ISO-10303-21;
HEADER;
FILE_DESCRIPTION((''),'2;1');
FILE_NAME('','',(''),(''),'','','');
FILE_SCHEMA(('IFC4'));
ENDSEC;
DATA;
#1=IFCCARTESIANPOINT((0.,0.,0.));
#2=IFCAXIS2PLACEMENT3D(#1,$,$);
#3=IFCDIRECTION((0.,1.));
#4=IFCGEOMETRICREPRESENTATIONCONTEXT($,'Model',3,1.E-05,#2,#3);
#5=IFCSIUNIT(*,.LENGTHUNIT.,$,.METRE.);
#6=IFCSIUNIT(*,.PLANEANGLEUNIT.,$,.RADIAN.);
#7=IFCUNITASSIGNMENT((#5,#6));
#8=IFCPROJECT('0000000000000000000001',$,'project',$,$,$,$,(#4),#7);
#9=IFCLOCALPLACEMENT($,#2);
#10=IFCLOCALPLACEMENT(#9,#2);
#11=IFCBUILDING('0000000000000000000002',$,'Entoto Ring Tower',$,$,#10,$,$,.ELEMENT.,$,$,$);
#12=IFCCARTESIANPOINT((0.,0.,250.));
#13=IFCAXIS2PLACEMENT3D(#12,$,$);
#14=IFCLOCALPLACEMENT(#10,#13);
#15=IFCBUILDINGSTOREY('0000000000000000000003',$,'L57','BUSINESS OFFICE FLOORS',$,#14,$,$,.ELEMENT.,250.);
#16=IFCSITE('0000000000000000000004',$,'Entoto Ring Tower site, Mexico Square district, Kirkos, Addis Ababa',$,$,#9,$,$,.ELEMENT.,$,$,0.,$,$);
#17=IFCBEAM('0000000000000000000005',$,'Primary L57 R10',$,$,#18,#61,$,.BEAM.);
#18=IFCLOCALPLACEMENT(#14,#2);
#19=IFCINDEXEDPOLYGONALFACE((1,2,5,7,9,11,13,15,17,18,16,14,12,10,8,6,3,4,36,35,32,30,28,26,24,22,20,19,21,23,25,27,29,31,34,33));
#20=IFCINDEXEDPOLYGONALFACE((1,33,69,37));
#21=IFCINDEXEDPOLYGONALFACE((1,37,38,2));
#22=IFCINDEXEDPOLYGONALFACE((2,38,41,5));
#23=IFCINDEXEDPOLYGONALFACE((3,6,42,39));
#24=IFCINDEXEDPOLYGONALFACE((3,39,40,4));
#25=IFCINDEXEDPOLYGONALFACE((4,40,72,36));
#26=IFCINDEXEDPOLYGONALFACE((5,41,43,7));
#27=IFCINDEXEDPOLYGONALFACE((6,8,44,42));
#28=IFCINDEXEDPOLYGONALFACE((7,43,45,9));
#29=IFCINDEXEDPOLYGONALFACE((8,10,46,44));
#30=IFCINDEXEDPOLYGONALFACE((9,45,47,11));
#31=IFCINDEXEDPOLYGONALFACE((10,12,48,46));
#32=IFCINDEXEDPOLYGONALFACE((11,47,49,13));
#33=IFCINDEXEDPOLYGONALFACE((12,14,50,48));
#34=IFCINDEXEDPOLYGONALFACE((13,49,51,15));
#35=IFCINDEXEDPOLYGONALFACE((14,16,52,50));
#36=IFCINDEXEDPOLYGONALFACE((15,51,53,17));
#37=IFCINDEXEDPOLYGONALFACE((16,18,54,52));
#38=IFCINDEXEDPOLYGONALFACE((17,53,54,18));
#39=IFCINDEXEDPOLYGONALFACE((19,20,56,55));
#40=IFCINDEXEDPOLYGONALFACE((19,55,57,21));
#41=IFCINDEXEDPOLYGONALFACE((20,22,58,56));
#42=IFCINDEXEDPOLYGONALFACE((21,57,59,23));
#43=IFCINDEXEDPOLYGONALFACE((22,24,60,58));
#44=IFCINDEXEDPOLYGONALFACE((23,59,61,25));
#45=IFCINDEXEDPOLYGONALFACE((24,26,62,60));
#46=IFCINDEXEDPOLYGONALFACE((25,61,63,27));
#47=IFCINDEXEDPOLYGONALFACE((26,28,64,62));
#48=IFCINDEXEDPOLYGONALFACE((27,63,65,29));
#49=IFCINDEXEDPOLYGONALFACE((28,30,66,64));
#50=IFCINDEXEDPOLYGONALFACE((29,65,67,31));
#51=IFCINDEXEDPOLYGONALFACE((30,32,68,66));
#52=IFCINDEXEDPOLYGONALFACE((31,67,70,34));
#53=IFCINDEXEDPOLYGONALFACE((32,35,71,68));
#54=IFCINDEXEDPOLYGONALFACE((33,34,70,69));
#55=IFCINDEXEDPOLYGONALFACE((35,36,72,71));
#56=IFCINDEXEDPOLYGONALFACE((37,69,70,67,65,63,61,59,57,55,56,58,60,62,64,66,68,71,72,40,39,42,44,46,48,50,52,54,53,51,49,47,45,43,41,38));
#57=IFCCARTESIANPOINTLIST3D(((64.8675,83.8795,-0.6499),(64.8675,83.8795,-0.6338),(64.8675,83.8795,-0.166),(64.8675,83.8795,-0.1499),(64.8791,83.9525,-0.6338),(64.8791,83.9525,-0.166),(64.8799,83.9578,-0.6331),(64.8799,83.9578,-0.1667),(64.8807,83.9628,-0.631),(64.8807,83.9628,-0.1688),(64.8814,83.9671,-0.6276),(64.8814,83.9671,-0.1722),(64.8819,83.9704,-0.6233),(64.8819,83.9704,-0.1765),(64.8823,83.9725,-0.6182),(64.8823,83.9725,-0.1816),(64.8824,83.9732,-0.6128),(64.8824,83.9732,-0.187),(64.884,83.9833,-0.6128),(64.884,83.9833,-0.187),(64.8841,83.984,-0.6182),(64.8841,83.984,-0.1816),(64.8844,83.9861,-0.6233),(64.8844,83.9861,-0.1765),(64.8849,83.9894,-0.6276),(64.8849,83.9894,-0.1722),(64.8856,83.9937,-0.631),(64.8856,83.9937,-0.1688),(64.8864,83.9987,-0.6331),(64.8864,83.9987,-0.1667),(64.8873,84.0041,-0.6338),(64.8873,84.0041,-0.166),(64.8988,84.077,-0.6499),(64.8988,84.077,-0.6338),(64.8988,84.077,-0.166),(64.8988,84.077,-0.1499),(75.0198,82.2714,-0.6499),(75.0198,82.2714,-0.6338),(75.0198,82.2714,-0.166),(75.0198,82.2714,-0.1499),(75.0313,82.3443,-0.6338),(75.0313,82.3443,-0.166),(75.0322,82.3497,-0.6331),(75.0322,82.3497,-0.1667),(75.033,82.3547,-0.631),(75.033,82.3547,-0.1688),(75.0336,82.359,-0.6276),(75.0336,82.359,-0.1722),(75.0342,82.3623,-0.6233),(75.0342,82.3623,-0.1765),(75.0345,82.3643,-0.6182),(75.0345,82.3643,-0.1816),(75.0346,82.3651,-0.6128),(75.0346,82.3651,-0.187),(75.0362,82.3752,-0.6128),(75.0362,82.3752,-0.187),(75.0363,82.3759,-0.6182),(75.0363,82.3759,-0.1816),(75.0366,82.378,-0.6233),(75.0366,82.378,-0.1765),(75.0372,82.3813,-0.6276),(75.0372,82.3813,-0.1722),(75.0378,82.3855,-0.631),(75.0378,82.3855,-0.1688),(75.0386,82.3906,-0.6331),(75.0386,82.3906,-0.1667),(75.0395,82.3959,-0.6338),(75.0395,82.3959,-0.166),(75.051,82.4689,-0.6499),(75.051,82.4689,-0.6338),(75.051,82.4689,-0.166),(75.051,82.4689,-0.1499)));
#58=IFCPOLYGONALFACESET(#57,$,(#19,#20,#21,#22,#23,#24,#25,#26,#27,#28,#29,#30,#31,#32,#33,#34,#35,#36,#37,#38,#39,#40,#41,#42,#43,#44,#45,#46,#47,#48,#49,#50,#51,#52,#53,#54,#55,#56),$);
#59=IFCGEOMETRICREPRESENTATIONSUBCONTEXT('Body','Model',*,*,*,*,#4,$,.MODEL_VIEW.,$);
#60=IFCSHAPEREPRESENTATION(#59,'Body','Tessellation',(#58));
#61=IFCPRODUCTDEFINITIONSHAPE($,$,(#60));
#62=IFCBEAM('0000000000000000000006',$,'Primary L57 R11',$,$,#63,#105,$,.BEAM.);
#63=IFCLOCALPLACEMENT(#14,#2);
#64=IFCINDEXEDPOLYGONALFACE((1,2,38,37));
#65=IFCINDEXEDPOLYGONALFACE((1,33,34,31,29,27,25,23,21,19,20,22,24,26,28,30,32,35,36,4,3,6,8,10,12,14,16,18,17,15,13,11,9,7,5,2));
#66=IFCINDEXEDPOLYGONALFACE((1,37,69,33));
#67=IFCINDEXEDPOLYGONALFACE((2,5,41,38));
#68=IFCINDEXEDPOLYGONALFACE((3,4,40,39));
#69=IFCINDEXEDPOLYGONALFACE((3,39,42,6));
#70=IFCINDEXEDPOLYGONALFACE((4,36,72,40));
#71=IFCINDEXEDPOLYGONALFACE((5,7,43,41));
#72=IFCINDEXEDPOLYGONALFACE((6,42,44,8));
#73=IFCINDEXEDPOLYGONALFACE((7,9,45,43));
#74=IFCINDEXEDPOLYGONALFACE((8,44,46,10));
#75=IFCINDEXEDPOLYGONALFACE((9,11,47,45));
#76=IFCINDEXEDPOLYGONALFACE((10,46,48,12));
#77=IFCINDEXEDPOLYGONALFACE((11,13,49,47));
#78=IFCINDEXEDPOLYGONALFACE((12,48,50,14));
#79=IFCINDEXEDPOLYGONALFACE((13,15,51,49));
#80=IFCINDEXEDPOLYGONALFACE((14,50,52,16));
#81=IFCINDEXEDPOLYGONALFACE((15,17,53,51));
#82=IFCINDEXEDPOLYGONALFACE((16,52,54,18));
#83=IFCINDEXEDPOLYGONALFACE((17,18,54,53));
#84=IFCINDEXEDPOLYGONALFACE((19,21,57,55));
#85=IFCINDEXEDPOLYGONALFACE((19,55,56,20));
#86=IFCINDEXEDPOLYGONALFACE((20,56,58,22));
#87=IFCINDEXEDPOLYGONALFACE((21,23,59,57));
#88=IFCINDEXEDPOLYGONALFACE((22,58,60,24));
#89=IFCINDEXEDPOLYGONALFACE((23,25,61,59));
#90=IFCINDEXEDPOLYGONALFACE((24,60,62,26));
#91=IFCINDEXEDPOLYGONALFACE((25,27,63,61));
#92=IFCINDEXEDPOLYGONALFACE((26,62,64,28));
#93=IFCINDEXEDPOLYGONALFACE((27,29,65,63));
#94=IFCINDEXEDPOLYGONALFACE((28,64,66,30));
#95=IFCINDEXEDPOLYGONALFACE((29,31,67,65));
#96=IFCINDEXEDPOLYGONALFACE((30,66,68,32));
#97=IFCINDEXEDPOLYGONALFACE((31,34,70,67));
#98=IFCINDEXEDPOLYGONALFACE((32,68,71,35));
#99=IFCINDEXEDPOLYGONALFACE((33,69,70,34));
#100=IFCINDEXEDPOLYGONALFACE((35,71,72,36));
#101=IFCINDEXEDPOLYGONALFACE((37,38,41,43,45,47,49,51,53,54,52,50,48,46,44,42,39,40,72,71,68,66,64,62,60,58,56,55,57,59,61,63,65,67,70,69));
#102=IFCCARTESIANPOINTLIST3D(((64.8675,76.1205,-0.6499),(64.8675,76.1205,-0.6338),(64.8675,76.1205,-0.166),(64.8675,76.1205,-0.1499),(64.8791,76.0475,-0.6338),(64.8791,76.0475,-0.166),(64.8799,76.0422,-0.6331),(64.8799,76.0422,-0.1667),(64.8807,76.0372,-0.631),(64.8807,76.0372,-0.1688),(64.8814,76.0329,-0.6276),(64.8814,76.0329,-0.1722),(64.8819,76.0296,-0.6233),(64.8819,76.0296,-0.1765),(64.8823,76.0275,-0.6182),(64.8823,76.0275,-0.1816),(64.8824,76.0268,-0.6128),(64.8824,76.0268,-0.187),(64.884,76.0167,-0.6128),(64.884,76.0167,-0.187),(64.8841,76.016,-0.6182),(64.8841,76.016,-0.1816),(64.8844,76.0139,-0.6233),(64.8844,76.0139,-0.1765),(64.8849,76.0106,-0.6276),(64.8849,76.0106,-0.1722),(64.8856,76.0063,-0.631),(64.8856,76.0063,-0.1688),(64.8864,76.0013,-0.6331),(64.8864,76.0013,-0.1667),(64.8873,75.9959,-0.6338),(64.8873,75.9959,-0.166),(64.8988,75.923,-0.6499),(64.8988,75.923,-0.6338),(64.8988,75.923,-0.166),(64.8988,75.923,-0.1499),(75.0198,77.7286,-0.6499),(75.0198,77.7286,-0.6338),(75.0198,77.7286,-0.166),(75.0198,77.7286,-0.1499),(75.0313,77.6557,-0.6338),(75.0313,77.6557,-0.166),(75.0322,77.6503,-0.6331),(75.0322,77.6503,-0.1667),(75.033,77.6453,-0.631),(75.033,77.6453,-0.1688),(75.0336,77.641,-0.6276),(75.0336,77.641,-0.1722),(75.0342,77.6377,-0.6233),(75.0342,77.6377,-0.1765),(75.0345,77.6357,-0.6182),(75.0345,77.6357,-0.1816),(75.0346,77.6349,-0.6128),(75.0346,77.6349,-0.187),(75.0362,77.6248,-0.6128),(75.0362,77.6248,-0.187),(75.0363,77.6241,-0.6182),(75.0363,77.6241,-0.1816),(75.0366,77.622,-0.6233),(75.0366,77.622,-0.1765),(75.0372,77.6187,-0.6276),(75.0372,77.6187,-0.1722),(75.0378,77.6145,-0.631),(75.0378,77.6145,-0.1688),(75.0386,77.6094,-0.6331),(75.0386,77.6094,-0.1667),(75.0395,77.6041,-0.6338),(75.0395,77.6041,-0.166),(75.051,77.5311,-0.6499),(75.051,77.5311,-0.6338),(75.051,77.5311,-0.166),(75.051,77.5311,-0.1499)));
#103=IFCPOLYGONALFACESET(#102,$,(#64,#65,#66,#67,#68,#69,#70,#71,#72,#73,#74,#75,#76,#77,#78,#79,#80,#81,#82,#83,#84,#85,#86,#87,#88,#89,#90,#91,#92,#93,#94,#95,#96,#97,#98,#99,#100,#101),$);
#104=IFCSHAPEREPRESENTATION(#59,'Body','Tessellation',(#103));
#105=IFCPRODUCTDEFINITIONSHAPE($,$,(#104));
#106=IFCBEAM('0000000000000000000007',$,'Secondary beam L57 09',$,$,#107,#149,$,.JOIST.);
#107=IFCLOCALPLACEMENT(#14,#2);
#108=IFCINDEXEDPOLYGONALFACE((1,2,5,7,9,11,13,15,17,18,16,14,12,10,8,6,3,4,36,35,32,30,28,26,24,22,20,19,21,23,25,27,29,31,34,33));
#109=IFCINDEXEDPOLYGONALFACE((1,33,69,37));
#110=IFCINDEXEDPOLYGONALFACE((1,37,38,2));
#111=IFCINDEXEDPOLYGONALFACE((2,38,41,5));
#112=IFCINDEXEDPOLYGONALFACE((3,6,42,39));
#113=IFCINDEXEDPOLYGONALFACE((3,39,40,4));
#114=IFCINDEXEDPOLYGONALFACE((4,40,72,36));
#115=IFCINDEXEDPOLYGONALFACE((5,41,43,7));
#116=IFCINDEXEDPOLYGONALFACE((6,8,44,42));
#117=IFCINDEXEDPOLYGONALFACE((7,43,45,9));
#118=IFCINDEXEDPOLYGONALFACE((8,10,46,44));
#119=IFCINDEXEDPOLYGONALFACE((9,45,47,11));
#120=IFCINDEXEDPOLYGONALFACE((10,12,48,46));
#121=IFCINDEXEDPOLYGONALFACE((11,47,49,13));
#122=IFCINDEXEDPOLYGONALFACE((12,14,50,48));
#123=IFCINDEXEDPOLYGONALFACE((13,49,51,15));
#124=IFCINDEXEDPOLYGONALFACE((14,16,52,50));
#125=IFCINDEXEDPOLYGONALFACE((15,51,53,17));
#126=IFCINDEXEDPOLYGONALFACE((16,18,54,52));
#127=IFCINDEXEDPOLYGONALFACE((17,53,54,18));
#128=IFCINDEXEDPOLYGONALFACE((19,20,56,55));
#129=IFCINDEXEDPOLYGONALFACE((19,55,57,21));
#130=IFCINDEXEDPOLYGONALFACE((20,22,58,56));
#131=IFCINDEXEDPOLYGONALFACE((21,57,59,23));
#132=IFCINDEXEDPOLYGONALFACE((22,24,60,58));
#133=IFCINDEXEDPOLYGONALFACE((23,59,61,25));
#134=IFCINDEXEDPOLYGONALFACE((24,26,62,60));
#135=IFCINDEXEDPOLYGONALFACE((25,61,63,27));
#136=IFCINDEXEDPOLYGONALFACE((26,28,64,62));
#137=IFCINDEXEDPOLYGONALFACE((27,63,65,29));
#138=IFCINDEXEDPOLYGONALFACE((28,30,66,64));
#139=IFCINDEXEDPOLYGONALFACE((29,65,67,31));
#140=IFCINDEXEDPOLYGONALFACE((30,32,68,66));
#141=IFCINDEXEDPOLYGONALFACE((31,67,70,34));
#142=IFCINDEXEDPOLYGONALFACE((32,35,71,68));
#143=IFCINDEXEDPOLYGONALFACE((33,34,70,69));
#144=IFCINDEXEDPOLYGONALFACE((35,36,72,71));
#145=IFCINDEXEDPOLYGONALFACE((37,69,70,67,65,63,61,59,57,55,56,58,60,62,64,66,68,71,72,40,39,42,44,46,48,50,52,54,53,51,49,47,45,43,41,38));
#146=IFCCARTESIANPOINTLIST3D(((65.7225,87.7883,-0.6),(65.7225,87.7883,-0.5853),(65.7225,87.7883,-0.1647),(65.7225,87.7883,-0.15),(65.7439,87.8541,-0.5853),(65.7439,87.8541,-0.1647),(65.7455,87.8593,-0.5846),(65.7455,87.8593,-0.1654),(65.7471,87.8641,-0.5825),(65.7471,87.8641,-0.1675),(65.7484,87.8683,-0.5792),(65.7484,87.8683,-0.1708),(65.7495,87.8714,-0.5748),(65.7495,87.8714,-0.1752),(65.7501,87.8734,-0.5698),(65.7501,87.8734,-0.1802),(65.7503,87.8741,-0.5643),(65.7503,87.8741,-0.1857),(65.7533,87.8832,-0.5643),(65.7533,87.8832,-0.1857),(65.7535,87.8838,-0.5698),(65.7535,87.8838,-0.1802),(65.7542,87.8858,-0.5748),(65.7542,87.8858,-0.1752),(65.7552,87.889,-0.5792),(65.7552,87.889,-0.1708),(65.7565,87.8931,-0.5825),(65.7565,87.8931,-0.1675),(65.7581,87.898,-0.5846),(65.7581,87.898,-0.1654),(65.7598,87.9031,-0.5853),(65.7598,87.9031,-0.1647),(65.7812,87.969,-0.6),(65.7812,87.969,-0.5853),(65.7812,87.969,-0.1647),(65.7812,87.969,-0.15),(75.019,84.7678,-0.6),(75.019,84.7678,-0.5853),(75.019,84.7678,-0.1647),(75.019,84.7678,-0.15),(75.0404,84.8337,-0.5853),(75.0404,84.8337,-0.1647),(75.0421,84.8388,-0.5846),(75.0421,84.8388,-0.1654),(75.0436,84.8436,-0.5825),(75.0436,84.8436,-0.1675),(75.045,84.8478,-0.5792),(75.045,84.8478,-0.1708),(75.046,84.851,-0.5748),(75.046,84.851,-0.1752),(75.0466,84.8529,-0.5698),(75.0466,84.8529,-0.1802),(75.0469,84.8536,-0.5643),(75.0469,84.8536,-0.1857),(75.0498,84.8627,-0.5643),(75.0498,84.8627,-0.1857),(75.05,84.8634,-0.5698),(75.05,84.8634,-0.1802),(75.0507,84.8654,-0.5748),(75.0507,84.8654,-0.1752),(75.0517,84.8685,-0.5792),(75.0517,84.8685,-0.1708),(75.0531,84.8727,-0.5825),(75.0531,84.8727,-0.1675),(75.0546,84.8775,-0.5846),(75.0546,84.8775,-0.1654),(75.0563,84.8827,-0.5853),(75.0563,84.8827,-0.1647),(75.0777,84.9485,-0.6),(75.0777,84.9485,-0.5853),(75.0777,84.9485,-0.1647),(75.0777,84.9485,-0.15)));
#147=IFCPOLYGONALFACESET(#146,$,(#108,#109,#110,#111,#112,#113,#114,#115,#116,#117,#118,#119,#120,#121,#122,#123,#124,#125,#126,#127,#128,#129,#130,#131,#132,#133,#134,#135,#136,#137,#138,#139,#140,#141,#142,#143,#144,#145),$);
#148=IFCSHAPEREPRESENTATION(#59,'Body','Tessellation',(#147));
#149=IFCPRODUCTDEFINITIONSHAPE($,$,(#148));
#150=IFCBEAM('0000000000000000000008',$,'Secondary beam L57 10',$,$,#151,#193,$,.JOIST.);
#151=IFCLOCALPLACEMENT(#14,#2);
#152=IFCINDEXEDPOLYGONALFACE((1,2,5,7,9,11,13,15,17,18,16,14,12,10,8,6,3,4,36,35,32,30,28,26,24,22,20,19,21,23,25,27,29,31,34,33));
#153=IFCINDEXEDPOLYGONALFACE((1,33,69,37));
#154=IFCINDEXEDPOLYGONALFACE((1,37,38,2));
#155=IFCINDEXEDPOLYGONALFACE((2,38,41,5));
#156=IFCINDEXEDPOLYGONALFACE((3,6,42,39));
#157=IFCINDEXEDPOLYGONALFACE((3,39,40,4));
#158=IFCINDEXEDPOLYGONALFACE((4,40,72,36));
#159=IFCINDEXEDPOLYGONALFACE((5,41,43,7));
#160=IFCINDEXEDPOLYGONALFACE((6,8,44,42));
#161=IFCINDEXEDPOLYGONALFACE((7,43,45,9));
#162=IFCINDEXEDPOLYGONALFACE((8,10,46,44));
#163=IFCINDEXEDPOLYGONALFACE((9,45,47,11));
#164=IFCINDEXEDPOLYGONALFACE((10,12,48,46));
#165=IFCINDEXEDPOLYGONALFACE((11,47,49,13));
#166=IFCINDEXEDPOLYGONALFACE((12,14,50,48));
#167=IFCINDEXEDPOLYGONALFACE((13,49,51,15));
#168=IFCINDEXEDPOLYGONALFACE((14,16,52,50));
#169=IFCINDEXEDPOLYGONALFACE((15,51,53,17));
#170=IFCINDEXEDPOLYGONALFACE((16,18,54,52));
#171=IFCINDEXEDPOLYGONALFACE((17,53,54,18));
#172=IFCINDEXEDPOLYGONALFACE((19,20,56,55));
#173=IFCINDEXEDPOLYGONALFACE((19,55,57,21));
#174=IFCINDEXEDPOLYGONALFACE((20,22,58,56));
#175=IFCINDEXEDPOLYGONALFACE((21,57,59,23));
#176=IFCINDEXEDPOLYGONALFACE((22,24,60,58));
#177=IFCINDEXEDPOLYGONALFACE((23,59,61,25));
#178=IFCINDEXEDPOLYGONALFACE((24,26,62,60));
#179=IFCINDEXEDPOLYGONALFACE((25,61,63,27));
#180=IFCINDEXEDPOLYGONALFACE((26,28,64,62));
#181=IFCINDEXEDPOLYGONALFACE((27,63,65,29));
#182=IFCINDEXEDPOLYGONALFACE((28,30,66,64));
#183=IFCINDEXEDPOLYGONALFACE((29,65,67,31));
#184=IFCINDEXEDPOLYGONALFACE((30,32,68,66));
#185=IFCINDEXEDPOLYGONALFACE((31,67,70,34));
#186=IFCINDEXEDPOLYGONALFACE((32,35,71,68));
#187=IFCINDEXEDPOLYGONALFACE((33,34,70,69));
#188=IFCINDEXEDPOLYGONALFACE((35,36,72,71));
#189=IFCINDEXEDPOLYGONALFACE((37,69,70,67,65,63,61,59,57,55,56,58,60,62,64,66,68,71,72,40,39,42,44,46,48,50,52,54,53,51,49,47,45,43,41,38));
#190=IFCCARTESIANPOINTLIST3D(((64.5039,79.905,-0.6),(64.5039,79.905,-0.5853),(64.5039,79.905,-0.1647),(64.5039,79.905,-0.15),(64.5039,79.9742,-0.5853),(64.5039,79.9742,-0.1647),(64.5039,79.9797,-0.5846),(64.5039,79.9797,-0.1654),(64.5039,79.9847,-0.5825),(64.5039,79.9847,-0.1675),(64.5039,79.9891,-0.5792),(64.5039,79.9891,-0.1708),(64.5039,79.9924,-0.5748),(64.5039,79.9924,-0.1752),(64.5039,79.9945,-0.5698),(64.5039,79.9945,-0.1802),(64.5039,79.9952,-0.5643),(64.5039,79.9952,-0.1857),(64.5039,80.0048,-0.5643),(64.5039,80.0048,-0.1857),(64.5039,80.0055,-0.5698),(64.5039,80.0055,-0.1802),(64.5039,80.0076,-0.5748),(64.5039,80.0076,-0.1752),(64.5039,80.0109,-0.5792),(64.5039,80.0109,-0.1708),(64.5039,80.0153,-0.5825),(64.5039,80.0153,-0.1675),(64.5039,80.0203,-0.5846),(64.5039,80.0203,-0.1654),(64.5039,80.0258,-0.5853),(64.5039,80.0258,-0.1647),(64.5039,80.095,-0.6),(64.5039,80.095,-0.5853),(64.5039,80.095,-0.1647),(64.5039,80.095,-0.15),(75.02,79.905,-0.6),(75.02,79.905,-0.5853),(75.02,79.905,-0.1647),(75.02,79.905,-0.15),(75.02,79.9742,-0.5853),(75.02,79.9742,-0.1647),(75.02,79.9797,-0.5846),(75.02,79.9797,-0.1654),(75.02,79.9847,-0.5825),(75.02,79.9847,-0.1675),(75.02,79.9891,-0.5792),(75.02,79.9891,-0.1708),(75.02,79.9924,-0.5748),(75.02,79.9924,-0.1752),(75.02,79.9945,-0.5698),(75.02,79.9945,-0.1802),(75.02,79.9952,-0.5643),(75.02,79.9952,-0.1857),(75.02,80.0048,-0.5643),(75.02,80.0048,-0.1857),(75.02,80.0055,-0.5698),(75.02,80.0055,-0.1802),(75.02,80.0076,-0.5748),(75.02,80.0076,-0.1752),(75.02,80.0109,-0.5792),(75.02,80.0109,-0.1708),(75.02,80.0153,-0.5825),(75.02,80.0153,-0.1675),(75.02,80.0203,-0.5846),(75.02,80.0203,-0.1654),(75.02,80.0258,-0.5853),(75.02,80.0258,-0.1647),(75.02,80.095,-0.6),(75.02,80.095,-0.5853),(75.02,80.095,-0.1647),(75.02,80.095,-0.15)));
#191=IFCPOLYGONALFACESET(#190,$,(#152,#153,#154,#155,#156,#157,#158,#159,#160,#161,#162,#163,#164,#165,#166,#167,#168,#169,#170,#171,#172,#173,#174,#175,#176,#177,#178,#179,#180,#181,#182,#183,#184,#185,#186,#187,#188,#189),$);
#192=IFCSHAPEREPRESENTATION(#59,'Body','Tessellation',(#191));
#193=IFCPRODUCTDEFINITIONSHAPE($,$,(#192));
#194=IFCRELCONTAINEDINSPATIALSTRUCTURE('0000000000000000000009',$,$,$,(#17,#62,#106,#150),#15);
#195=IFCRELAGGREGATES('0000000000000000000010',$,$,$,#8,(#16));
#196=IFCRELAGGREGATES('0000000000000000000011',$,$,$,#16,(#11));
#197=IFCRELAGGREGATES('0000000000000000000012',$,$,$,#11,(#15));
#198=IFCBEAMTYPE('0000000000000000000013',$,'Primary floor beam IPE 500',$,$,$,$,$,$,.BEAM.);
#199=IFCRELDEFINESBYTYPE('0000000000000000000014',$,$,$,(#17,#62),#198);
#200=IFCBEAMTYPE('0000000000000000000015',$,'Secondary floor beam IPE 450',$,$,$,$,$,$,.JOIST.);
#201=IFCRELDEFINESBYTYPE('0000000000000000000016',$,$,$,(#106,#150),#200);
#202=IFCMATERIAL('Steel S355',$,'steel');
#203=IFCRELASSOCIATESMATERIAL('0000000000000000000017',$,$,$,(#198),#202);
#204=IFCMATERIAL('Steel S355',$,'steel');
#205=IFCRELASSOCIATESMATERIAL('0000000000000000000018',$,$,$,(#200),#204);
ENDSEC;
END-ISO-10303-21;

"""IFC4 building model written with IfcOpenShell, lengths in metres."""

from ifc_helpers import new_model, si_unit, direction, frame, origin, origin_2d, place, context, subcontext, project, spatial, i_section, extrude, material, material_profile, profile_set, type_object, element, save


model = new_model("IFC4")

# Units and contexts
model_context = context("Model", 3, precision=1e-05, world=origin(), true_north=direction((0.0, 1.0)))
body_context = subcontext(model_context, "Body", "Model", "MODEL_VIEW")
ifc_project = project(units=[si_unit("LENGTHUNIT", "METRE"), si_unit("PLANEANGLEUNIT", "RADIAN")], contexts=[model_context])

# Site, building, storey
site_placement = place(None, origin())
site = spatial("IfcSite", under=ifc_project, at=site_placement, Name="Entoto Ring Tower site, Mexico Square district, Kirkos, Addis Ababa", CompositionType="ELEMENT", RefElevation=0.0)
building_placement = place(site_placement, origin())
building = spatial("IfcBuilding", under=site, at=building_placement, Name="Entoto Ring Tower", CompositionType="ELEMENT")
storey_placement = place(building_placement, frame((0.0, 0.0, 250.0)))
storey = spatial("IfcBuildingStorey", under=building, at=storey_placement, Name="L57", Description="BUSINESS OFFICE FLOORS", CompositionType="ELEMENT", Elevation=250.0)

# Beams
ifc_material_1 = material(Name="Steel S355", Category="steel")
ifc_material_profile_1 = material_profile(ifc_material_1, i_section(OverallWidth=0.2, OverallDepth=0.5, WebThickness=0.0103, FlangeThickness=0.0161, FilletRadius=0.021, at=origin_2d()), Name="IPE 500")
ifc_profile_set_1 = profile_set([ifc_material_profile_1], Name="Steel S355")
beam_type_1 = type_object("IfcBeamType", Name="Primary floor beam IPE 500", PredefinedType="BEAM", material=ifc_profile_set_1)
for number, where, z_axis, x_axis, name in (
    (1, (75.0354, 82.3701, -0.3999), (-0.987686, 0.156452, 0.0), (-0.156452, -0.987686, 0.0), "Primary L57 R10"),
    (2, (75.0354, 77.6299, -0.3999), (-0.987686, -0.156452, 0.0), (0.156452, -0.987686, 0.0), "Primary L57 R11"),
):
    element("IfcBeam", number, at=place(storey_placement, frame(where, z_axis=z_axis, x_axis=x_axis)), inside=storey, type_object=beam_type_1, Name=name, PredefinedType="BEAM", context=body_context, shape_type="SweptSolid", body=[
        extrude(i_section(OverallWidth=0.2, OverallDepth=0.5, WebThickness=0.0103, FlangeThickness=0.0161, FilletRadius=0.021, at=origin_2d()), origin(), (0.0, 0.0, 1.0), 10.2788),
    ])
ifc_material_2 = material(Name="Steel S355", Category="steel")
ifc_material_profile_2 = material_profile(ifc_material_2, i_section(OverallWidth=0.1899, OverallDepth=0.45, WebThickness=0.0095, FlangeThickness=0.0146, FilletRadius=0.021, at=origin_2d()), Name="IPE 450")
ifc_profile_set_2 = profile_set([ifc_material_profile_2], Name="Steel S355")
beam_type_2 = type_object("IfcBeamType", Name="Secondary floor beam IPE 450", PredefinedType="JOIST", material=ifc_profile_set_2)
beam_1_placement = place(storey_placement, frame((75.0483, 84.8582, -0.375), z_axis=(-0.951061, 0.309003, 0.0), x_axis=(-0.309003, -0.951061, 0.0)))
element("IfcBeam", 3, at=beam_1_placement, inside=storey, type_object=beam_type_2, Name="Secondary beam L57 09", PredefinedType="JOIST", context=body_context, shape_type="SweptSolid", body=[
    extrude(i_section(OverallWidth=0.1899, OverallDepth=0.45, WebThickness=0.0095, FlangeThickness=0.0146, FilletRadius=0.021, at=origin_2d()), origin(), (0.0, 0.0, 1.0), 9.7749),
])
beam_2_placement = place(storey_placement, frame((75.02, 80.0, -0.375), z_axis=(-1.0, 0.0, 0.0), x_axis=(0.0, -1.0, 0.0)))
element("IfcBeam", 4, at=beam_2_placement, inside=storey, type_object=beam_type_2, Name="Secondary beam L57 10", PredefinedType="JOIST", context=body_context, shape_type="SweptSolid", body=[
    extrude(i_section(OverallWidth=0.1899, OverallDepth=0.45, WebThickness=0.0095, FlangeThickness=0.0146, FilletRadius=0.021, at=origin_2d()), origin(), (0.0, 0.0, 1.0), 10.5161),
])

save(model, "model.ifc")
